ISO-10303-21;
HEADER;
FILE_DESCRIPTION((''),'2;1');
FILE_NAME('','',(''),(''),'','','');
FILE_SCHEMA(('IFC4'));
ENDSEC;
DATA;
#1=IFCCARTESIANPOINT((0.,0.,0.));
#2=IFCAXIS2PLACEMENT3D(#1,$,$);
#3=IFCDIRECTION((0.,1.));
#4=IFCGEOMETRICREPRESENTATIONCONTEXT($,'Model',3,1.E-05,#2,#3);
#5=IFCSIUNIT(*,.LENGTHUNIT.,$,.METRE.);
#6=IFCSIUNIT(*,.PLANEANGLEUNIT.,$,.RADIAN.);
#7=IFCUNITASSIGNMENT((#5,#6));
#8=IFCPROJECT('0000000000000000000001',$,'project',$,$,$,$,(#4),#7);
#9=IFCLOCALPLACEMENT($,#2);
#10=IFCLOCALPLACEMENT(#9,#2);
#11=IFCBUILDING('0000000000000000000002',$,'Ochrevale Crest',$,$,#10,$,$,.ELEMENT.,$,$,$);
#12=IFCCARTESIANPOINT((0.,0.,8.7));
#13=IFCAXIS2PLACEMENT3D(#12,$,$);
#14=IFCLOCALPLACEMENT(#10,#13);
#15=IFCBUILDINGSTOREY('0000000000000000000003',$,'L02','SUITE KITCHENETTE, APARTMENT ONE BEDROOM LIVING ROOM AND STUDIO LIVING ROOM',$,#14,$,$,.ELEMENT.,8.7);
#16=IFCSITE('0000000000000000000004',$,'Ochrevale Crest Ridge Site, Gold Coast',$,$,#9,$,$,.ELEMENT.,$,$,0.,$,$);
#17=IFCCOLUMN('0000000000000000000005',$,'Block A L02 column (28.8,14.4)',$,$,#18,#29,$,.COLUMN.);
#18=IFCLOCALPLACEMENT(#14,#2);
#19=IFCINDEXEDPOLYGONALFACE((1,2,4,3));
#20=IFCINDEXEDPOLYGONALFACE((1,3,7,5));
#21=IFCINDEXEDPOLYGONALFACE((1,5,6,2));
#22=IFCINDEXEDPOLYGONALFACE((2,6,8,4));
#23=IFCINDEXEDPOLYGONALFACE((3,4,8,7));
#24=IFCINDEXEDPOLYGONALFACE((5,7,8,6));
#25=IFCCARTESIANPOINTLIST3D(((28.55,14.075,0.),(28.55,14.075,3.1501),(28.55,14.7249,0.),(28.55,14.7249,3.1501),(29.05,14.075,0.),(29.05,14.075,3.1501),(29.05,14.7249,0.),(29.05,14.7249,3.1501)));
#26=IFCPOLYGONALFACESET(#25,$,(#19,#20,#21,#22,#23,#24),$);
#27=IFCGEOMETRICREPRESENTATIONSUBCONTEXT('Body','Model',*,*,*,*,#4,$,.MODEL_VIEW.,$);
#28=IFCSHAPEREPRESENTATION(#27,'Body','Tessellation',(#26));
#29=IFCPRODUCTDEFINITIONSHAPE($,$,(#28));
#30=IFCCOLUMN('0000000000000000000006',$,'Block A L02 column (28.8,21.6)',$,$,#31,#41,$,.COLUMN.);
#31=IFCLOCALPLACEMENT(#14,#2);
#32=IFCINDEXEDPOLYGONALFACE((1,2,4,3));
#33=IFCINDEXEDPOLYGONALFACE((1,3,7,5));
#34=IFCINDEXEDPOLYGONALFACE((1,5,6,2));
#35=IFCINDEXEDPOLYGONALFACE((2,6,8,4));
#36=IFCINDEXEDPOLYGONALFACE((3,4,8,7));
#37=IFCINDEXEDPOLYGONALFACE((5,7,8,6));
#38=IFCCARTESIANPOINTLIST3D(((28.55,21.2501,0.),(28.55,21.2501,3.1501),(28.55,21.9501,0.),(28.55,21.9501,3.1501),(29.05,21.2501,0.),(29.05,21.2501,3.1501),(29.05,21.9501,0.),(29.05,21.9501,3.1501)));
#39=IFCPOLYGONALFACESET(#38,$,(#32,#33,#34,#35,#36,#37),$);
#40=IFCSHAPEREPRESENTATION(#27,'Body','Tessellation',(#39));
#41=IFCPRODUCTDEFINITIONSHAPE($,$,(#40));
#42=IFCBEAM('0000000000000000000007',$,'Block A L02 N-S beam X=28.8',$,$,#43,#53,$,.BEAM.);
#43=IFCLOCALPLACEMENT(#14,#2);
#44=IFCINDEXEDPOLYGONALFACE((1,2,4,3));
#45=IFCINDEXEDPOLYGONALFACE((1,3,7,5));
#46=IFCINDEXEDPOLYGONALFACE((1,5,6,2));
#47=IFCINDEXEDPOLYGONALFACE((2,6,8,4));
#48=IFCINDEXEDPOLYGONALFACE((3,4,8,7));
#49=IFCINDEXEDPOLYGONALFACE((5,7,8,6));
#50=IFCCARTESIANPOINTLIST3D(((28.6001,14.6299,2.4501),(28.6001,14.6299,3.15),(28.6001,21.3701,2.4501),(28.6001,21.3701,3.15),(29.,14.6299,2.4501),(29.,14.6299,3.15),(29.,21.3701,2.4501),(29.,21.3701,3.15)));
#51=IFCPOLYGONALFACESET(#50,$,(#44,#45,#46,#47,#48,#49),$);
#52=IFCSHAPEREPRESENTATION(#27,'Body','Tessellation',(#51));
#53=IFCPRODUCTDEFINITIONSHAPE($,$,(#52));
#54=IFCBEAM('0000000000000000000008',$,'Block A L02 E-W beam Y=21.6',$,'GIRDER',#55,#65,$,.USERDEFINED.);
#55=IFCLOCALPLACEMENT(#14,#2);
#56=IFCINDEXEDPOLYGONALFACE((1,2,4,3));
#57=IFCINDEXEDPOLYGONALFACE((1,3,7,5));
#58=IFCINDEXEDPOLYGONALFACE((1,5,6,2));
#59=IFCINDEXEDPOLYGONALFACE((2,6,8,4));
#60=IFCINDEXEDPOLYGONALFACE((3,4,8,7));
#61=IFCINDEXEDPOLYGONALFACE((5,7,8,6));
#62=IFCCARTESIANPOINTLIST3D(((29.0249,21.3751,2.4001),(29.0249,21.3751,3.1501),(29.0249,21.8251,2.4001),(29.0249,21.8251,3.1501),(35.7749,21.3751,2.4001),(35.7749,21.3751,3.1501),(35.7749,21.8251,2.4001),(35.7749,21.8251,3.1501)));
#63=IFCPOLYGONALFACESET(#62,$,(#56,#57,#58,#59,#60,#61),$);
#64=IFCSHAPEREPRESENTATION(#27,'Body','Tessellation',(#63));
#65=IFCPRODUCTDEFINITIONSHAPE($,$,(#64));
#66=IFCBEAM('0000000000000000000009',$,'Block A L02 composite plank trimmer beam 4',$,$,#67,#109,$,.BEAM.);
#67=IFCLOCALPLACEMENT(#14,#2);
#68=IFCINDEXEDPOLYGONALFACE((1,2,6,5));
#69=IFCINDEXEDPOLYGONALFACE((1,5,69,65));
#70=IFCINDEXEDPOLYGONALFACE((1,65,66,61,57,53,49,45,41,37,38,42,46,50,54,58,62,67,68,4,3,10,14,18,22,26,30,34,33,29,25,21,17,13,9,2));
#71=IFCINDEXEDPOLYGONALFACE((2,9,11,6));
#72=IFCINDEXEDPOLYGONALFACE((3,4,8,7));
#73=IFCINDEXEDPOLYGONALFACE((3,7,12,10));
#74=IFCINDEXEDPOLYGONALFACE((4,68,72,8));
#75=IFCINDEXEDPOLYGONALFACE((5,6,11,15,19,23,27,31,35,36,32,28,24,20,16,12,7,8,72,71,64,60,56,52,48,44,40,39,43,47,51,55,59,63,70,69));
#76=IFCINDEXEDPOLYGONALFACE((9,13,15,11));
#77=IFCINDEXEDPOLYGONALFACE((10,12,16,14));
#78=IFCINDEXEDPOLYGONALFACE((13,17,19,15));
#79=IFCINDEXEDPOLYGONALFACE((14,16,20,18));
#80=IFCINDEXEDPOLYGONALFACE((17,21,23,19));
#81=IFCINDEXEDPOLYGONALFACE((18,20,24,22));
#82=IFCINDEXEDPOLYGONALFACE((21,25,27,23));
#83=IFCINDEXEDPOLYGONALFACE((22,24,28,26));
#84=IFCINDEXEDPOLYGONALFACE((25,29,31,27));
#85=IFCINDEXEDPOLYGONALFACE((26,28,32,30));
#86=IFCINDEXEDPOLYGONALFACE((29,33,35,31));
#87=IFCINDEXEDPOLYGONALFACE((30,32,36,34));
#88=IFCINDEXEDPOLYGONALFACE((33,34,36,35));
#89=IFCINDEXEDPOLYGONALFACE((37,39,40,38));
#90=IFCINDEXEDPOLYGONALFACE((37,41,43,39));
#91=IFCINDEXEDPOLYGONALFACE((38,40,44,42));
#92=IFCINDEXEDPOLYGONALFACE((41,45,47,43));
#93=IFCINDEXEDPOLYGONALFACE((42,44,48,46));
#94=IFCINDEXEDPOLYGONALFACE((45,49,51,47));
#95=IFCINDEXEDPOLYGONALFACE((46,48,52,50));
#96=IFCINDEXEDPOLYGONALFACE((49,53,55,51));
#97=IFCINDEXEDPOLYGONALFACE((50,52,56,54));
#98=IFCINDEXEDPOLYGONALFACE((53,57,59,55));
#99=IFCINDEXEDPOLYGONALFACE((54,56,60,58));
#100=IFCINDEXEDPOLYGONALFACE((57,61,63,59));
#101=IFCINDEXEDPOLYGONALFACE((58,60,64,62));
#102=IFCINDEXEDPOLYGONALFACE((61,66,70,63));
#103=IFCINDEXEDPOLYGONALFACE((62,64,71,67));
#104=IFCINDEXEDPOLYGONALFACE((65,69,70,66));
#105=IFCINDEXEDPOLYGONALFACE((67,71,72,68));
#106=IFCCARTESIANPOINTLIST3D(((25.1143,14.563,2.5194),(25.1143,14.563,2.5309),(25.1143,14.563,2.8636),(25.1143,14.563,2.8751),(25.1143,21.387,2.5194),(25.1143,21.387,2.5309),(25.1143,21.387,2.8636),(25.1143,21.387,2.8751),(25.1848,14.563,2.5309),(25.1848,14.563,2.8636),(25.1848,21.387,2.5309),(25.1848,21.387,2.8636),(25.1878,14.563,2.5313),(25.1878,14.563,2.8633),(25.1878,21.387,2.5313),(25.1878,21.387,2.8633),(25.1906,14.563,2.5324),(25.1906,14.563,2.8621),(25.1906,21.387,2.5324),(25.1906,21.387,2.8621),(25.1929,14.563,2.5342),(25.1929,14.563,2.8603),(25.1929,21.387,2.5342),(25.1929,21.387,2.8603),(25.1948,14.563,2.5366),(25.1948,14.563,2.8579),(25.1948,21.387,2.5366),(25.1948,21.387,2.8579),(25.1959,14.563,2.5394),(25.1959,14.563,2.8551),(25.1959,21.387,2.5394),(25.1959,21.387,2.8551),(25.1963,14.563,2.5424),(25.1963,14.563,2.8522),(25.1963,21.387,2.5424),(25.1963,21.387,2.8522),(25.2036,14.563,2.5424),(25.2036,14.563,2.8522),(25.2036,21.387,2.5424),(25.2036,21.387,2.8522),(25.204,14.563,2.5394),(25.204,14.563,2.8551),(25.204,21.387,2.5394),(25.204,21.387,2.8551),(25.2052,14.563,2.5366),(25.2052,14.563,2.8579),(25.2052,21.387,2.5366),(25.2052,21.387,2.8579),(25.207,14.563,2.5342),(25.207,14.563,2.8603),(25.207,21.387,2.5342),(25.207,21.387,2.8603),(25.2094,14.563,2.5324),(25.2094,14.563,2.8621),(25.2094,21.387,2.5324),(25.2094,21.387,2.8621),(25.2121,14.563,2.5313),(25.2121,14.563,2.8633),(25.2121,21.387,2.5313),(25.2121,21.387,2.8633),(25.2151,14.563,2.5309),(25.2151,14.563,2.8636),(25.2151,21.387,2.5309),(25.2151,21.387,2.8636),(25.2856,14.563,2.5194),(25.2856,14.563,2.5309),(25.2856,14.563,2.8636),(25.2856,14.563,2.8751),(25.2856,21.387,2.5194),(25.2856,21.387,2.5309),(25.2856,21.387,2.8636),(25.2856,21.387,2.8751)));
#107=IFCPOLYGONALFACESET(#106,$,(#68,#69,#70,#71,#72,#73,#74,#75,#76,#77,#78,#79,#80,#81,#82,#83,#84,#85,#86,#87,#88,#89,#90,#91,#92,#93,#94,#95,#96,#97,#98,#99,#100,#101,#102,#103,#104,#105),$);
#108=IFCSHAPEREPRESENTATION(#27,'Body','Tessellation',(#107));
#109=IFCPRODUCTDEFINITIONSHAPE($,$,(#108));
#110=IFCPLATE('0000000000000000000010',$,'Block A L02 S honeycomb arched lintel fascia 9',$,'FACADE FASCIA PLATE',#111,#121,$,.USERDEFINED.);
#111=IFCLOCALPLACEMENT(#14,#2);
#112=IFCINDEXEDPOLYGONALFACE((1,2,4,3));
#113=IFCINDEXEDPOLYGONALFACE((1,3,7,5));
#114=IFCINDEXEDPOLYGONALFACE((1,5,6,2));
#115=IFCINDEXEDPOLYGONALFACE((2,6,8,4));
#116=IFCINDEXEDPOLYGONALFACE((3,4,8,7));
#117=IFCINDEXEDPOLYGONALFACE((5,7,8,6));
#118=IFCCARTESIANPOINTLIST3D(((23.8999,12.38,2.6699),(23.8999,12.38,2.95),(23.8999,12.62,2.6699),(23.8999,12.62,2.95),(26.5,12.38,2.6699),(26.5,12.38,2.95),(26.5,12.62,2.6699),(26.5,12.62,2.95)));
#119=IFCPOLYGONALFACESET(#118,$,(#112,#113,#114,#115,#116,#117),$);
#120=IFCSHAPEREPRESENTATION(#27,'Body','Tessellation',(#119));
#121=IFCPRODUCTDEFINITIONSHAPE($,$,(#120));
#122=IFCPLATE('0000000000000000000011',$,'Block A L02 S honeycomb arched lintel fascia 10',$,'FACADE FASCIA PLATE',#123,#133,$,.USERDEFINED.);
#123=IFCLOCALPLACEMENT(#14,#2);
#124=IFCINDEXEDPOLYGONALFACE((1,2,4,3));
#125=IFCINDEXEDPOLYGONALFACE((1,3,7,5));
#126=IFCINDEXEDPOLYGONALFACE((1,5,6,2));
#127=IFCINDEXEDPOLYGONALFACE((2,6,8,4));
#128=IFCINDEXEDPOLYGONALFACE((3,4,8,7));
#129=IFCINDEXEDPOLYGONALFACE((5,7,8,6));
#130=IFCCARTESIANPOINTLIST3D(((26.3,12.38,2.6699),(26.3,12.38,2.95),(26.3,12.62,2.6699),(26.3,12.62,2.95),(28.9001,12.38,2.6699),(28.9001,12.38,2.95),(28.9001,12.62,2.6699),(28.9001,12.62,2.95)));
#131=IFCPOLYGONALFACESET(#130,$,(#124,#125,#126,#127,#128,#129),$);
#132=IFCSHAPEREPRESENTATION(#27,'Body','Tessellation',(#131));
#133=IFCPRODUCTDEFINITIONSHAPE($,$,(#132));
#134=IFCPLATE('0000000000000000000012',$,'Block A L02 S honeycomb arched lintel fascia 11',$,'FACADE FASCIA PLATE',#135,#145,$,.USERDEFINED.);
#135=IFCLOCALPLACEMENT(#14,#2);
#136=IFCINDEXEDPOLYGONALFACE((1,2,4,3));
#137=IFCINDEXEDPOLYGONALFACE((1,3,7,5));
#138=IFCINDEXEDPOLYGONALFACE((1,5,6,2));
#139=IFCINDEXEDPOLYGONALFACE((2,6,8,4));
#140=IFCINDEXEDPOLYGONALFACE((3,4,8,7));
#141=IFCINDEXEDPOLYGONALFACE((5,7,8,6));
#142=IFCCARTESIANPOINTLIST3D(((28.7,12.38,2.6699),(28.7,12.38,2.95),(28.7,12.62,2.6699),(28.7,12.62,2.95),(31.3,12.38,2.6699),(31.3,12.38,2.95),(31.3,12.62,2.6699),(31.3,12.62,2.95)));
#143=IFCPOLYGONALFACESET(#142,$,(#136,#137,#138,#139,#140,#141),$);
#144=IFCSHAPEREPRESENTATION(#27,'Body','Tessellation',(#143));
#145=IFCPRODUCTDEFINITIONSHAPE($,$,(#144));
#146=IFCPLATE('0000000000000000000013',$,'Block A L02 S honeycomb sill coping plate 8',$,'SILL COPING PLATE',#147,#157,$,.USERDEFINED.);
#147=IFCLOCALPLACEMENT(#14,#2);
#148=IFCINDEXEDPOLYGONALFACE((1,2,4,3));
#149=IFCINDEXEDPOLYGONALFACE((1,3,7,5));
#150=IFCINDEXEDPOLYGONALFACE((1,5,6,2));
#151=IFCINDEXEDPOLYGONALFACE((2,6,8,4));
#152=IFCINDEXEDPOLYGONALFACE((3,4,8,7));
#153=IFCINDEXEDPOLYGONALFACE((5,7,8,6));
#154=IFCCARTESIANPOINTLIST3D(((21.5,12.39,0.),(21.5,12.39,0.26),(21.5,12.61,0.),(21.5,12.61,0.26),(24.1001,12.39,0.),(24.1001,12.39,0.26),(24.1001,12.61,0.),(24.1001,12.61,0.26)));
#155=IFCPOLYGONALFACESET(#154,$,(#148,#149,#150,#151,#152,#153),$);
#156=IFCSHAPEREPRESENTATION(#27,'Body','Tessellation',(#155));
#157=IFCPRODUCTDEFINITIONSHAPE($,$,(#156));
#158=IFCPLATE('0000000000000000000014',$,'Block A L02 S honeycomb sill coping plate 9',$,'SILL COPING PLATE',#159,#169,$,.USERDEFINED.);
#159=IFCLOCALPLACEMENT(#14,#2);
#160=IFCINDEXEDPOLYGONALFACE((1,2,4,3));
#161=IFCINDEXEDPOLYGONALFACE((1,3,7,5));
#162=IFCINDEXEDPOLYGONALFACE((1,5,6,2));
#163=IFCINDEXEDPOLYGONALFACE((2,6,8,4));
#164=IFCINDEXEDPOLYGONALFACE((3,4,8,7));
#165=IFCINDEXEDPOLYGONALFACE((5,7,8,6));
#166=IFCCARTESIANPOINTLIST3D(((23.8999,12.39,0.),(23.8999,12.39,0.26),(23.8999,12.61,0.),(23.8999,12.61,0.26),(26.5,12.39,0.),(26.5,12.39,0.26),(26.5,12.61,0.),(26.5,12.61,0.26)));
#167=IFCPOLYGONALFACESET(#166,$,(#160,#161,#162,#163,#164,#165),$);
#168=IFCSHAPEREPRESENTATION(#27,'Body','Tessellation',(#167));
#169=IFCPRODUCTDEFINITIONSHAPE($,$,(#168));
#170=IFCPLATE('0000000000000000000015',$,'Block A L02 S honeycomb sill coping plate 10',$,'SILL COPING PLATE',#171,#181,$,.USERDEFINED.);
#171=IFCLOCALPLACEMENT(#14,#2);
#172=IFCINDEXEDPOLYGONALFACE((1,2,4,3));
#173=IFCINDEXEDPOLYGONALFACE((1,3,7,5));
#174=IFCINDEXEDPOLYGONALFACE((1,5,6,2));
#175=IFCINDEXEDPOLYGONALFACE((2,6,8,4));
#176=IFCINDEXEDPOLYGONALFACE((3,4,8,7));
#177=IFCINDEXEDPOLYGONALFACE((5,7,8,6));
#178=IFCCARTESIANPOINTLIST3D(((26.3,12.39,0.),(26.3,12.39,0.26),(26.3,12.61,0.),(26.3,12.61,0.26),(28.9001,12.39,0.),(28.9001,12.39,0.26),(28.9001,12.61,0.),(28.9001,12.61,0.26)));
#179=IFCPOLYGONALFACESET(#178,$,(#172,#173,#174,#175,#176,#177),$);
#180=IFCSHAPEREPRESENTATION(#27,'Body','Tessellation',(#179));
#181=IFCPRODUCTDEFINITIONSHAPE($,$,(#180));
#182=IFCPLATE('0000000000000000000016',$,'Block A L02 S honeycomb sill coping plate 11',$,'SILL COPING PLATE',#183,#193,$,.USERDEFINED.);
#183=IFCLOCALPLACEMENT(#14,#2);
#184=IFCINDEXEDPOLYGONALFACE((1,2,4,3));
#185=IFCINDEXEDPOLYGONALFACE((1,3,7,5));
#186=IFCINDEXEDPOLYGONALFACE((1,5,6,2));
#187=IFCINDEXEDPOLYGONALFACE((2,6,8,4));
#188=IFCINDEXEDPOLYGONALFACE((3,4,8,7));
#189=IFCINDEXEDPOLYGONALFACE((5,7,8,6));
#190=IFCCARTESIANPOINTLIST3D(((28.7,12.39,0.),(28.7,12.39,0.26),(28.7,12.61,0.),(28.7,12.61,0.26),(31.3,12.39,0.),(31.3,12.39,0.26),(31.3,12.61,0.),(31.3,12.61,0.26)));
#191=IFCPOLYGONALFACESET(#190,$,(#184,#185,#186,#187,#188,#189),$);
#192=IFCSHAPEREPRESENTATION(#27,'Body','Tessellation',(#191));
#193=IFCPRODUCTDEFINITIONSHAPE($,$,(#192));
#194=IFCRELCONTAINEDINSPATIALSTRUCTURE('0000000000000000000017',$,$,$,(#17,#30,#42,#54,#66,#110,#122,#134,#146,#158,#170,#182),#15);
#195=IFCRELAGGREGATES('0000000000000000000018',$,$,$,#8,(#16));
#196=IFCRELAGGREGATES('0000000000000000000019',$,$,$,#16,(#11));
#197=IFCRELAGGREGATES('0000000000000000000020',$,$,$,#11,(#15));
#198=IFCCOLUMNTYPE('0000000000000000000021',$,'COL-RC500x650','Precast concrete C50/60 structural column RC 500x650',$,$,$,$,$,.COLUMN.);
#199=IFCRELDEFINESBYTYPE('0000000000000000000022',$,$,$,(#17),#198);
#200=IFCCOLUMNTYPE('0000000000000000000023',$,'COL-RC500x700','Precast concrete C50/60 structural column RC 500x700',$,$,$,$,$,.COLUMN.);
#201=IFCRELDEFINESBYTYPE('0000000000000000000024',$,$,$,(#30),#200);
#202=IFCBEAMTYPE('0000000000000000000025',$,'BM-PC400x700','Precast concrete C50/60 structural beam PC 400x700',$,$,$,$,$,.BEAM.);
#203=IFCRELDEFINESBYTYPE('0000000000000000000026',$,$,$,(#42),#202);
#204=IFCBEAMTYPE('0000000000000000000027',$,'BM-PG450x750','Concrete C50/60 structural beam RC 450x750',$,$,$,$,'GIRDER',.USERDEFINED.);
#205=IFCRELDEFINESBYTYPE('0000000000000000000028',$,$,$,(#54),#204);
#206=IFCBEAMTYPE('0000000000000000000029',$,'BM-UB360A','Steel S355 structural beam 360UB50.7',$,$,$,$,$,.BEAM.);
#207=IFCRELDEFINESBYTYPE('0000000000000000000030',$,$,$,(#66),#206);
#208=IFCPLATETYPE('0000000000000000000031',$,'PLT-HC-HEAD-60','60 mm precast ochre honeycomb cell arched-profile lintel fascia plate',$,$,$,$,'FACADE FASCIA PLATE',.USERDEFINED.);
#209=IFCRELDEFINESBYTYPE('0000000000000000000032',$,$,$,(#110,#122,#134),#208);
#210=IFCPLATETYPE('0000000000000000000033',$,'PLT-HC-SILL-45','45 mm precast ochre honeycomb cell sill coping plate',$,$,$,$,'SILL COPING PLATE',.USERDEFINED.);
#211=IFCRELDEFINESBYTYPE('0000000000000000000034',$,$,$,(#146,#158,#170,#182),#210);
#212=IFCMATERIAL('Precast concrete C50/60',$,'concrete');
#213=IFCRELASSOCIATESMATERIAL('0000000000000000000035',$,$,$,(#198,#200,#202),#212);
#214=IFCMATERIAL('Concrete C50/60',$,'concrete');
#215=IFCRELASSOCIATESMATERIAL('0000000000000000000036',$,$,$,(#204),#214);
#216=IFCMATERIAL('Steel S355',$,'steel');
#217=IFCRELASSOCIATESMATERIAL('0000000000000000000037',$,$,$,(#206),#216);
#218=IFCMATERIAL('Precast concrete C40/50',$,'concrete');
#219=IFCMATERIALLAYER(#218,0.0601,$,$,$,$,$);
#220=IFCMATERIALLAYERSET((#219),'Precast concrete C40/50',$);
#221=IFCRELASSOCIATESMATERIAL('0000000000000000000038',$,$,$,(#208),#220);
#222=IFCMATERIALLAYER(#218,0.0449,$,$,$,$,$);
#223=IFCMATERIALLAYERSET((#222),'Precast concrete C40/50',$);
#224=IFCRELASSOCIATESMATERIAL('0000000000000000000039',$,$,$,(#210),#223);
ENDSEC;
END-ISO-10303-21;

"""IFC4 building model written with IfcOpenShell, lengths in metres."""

from ifc_helpers import new_model, si_unit, direction, frame, origin, origin_2d, place, context, subcontext, project, spatial, rectangle, i_section, extrude, material, layer, layer_set, material_profile, profile_set, type_object, element, save


model = new_model("IFC4")

# Units and contexts
model_context = context("Model", 3, precision=1e-05, world=origin(), true_north=direction((0.0, 1.0)))
body_context = subcontext(model_context, "Body", "Model", "MODEL_VIEW")
ifc_project = project(units=[si_unit("LENGTHUNIT", "METRE"), si_unit("PLANEANGLEUNIT", "RADIAN")], contexts=[model_context])

# Site, building, storey
site_placement = place(None, origin())
site = spatial("IfcSite", under=ifc_project, at=site_placement, Name="Ochrevale Crest Ridge Site, Gold Coast", CompositionType="ELEMENT", RefElevation=0.0)
building_placement = place(site_placement, origin())
building = spatial("IfcBuilding", under=site, at=building_placement, Name="Ochrevale Crest", CompositionType="ELEMENT")
storey_placement = place(building_placement, frame((0.0, 0.0, 8.7)))
storey = spatial("IfcBuildingStorey", under=building, at=storey_placement, Name="L02", Description="SUITE KITCHENETTE, APARTMENT ONE BEDROOM LIVING ROOM AND STUDIO LIVING ROOM", CompositionType="ELEMENT", Elevation=8.7)

# Columns
ifc_material_1 = material(Name="Precast concrete C50/60", Category="concrete")
ifc_material_profile_1 = material_profile(ifc_material_1, rectangle(XDim=0.5, YDim=0.6499, at=origin_2d()), Name="RC 500x650")
ifc_profile_set_1 = profile_set([ifc_material_profile_1], Name="Precast concrete C50/60")
column_type_1 = type_object("IfcColumnType", Name="COL-RC500x650", Description="Precast concrete C50/60 structural column RC 500x650", PredefinedType="COLUMN", material=ifc_profile_set_1)
column_1_placement = place(storey_placement, frame((28.8, 14.3999, 0.0), z_axis=(0.0, 0.0, 1.0), x_axis=(1.0, 0.0, 0.0)))
element("IfcColumn", 1, at=column_1_placement, inside=storey, type_object=column_type_1, Name="Block A L02 column (28.8,14.4)", PredefinedType="COLUMN", context=body_context, shape_type="SweptSolid", body=[
    extrude(rectangle(XDim=0.5, YDim=0.6499, at=origin_2d()), origin(), (0.0, 0.0, 1.0), 3.1501),
])
ifc_material_profile_2 = material_profile(ifc_material_1, rectangle(XDim=0.5, YDim=0.7, at=origin_2d()), Name="RC 500x700")
ifc_profile_set_2 = profile_set([ifc_material_profile_2], Name="Precast concrete C50/60")
column_type_2 = type_object("IfcColumnType", Name="COL-RC500x700", Description="Precast concrete C50/60 structural column RC 500x700", PredefinedType="COLUMN", material=ifc_profile_set_2)
column_2_placement = place(storey_placement, frame((28.8, 21.6001, 0.0), z_axis=(0.0, 0.0, 1.0), x_axis=(1.0, 0.0, 0.0)))
element("IfcColumn", 2, at=column_2_placement, inside=storey, type_object=column_type_2, Name="Block A L02 column (28.8,21.6)", PredefinedType="COLUMN", context=body_context, shape_type="SweptSolid", body=[
    extrude(rectangle(XDim=0.5, YDim=0.7, at=origin_2d()), origin(), (0.0, 0.0, 1.0), 3.1501),
])

# Beams
ifc_material_profile_3 = material_profile(ifc_material_1, rectangle(XDim=0.3999, YDim=0.7, at=origin_2d()), Name="PC 400x700")
ifc_profile_set_3 = profile_set([ifc_material_profile_3], Name="Precast concrete C50/60")
beam_type_1 = type_object("IfcBeamType", Name="BM-PC400x700", Description="Precast concrete C50/60 structural beam PC 400x700", PredefinedType="BEAM", material=ifc_profile_set_3)
beam_1_placement = place(storey_placement, frame((28.8, 14.6299, 2.8), z_axis=(0.0, 1.0, 0.0), x_axis=(-1.0, 0.0, 0.0)))
element("IfcBeam", 3, at=beam_1_placement, inside=storey, type_object=beam_type_1, Name="Block A L02 N-S beam X=28.8", PredefinedType="BEAM", context=body_context, shape_type="SweptSolid", body=[
    extrude(rectangle(XDim=0.3999, YDim=0.7, at=origin_2d()), origin(), (0.0, 0.0, 1.0), 6.7402),
])
ifc_material_2 = material(Name="Concrete C50/60", Category="concrete")
ifc_material_profile_4 = material_profile(ifc_material_2, rectangle(XDim=0.45, YDim=0.75, at=origin_2d()), Name="RC 450x750")
ifc_profile_set_4 = profile_set([ifc_material_profile_4], Name="Concrete C50/60")
beam_type_2 = type_object("IfcBeamType", Name="BM-PG450x750", Description="Concrete C50/60 structural beam RC 450x750", ElementType="GIRDER", PredefinedType="USERDEFINED", material=ifc_profile_set_4)
beam_2_placement = place(storey_placement, frame((29.0249, 21.6001, 2.7751), z_axis=(1.0, 0.0, 0.0), x_axis=(0.0, 1.0, 0.0)))
element("IfcBeam", 4, at=beam_2_placement, inside=storey, type_object=beam_type_2, Name="Block A L02 E-W beam Y=21.6", ObjectType="GIRDER", PredefinedType="USERDEFINED", context=body_context, shape_type="SweptSolid", body=[
    extrude(rectangle(XDim=0.45, YDim=0.75, at=origin_2d()), origin(), (0.0, 0.0, 1.0), 6.75),
])
ifc_material_3 = material(Name="Steel S355", Category="steel")
ifc_material_profile_5 = material_profile(ifc_material_3, i_section(OverallWidth=0.1714, OverallDepth=0.3557, WebThickness=0.0073, FlangeThickness=0.0115, FilletRadius=0.0115, at=origin_2d()), Name="360UB50.7")
ifc_profile_set_5 = profile_set([ifc_material_profile_5], Name="Steel S355")
beam_type_3 = type_object("IfcBeamType", Name="BM-UB360A", Description="Steel S355 structural beam 360UB50.7", PredefinedType="BEAM", material=ifc_profile_set_5)
beam_3_placement = place(storey_placement, frame((25.2, 14.563, 2.6973), z_axis=(0.0, 1.0, 0.0), x_axis=(-1.0, 0.0, 0.0)))
element("IfcBeam", 5, at=beam_3_placement, inside=storey, type_object=beam_type_3, Name="Block A L02 composite plank trimmer beam 4", PredefinedType="BEAM", context=body_context, shape_type="SweptSolid", body=[
    extrude(i_section(OverallWidth=0.1714, OverallDepth=0.3557, WebThickness=0.0073, FlangeThickness=0.0115, FilletRadius=0.0115, at=origin_2d()), origin(), (0.0, 0.0, 1.0), 6.824),
])

# Plates
ifc_material_4 = material(Name="Precast concrete C40/50", Category="concrete")
ifc_layer_1 = layer(ifc_material_4, 0.0601)
ifc_layer_set_1 = layer_set([ifc_layer_1], Name="Precast concrete C40/50")
plate_type_1 = type_object("IfcPlateType", Name="PLT-HC-HEAD-60", Description="60 mm precast ochre honeycomb cell arched-profile lintel fascia plate", ElementType="FACADE FASCIA PLATE", PredefinedType="USERDEFINED", material=ifc_layer_set_1)
for number, where, z_axis, x_axis, name in (
    (6, (25.2, 12.5, 2.6699), (0.0, 0.0, 1.0), (1.0, 0.0, 0.0), "Block A L02 S honeycomb arched lintel fascia 9"),
    (7, (27.6001, 12.5, 2.6699), (0.0, 0.0, 1.0), (1.0, 0.0, 0.0), "Block A L02 S honeycomb arched lintel fascia 10"),
    (8, (30.0, 12.5, 2.6699), (0.0, 0.0, 1.0), (1.0, 0.0, 0.0), "Block A L02 S honeycomb arched lintel fascia 11"),
):
    element("IfcPlate", number, at=place(storey_placement, frame(where, z_axis=z_axis, x_axis=x_axis)), inside=storey, type_object=plate_type_1, Name=name, ObjectType="FACADE FASCIA PLATE", PredefinedType="USERDEFINED", context=body_context, shape_type="SweptSolid", body=[
        extrude(rectangle(XDim=2.6001, YDim=0.24, at=origin_2d()), origin(), (0.0, 0.0, 1.0), 0.28),
    ])
ifc_layer_2 = layer(ifc_material_4, 0.0449)
ifc_layer_set_2 = layer_set([ifc_layer_2], Name="Precast concrete C40/50")
plate_type_2 = type_object("IfcPlateType", Name="PLT-HC-SILL-45", Description="45 mm precast ochre honeycomb cell sill coping plate", ElementType="SILL COPING PLATE", PredefinedType="USERDEFINED", material=ifc_layer_set_2)
for number, where, z_axis, x_axis, name in (
    (9, (22.8, 12.5, 0.0), (0.0, 0.0, 1.0), (1.0, 0.0, 0.0), "Block A L02 S honeycomb sill coping plate 8"),
    (10, (25.2, 12.5, 0.0), (0.0, 0.0, 1.0), (1.0, 0.0, 0.0), "Block A L02 S honeycomb sill coping plate 9"),
    (11, (27.6001, 12.5, 0.0), (0.0, 0.0, 1.0), (1.0, 0.0, 0.0), "Block A L02 S honeycomb sill coping plate 10"),
    (12, (30.0, 12.5, 0.0), (0.0, 0.0, 1.0), (1.0, 0.0, 0.0), "Block A L02 S honeycomb sill coping plate 11"),
):
    element("IfcPlate", number, at=place(storey_placement, frame(where, z_axis=z_axis, x_axis=x_axis)), inside=storey, type_object=plate_type_2, Name=name, ObjectType="SILL COPING PLATE", PredefinedType="USERDEFINED", context=body_context, shape_type="SweptSolid", body=[
        extrude(rectangle(XDim=2.6001, YDim=0.22, at=origin_2d()), origin(), (0.0, 0.0, 1.0), 0.26),
    ])

save(model, "model.ifc")
